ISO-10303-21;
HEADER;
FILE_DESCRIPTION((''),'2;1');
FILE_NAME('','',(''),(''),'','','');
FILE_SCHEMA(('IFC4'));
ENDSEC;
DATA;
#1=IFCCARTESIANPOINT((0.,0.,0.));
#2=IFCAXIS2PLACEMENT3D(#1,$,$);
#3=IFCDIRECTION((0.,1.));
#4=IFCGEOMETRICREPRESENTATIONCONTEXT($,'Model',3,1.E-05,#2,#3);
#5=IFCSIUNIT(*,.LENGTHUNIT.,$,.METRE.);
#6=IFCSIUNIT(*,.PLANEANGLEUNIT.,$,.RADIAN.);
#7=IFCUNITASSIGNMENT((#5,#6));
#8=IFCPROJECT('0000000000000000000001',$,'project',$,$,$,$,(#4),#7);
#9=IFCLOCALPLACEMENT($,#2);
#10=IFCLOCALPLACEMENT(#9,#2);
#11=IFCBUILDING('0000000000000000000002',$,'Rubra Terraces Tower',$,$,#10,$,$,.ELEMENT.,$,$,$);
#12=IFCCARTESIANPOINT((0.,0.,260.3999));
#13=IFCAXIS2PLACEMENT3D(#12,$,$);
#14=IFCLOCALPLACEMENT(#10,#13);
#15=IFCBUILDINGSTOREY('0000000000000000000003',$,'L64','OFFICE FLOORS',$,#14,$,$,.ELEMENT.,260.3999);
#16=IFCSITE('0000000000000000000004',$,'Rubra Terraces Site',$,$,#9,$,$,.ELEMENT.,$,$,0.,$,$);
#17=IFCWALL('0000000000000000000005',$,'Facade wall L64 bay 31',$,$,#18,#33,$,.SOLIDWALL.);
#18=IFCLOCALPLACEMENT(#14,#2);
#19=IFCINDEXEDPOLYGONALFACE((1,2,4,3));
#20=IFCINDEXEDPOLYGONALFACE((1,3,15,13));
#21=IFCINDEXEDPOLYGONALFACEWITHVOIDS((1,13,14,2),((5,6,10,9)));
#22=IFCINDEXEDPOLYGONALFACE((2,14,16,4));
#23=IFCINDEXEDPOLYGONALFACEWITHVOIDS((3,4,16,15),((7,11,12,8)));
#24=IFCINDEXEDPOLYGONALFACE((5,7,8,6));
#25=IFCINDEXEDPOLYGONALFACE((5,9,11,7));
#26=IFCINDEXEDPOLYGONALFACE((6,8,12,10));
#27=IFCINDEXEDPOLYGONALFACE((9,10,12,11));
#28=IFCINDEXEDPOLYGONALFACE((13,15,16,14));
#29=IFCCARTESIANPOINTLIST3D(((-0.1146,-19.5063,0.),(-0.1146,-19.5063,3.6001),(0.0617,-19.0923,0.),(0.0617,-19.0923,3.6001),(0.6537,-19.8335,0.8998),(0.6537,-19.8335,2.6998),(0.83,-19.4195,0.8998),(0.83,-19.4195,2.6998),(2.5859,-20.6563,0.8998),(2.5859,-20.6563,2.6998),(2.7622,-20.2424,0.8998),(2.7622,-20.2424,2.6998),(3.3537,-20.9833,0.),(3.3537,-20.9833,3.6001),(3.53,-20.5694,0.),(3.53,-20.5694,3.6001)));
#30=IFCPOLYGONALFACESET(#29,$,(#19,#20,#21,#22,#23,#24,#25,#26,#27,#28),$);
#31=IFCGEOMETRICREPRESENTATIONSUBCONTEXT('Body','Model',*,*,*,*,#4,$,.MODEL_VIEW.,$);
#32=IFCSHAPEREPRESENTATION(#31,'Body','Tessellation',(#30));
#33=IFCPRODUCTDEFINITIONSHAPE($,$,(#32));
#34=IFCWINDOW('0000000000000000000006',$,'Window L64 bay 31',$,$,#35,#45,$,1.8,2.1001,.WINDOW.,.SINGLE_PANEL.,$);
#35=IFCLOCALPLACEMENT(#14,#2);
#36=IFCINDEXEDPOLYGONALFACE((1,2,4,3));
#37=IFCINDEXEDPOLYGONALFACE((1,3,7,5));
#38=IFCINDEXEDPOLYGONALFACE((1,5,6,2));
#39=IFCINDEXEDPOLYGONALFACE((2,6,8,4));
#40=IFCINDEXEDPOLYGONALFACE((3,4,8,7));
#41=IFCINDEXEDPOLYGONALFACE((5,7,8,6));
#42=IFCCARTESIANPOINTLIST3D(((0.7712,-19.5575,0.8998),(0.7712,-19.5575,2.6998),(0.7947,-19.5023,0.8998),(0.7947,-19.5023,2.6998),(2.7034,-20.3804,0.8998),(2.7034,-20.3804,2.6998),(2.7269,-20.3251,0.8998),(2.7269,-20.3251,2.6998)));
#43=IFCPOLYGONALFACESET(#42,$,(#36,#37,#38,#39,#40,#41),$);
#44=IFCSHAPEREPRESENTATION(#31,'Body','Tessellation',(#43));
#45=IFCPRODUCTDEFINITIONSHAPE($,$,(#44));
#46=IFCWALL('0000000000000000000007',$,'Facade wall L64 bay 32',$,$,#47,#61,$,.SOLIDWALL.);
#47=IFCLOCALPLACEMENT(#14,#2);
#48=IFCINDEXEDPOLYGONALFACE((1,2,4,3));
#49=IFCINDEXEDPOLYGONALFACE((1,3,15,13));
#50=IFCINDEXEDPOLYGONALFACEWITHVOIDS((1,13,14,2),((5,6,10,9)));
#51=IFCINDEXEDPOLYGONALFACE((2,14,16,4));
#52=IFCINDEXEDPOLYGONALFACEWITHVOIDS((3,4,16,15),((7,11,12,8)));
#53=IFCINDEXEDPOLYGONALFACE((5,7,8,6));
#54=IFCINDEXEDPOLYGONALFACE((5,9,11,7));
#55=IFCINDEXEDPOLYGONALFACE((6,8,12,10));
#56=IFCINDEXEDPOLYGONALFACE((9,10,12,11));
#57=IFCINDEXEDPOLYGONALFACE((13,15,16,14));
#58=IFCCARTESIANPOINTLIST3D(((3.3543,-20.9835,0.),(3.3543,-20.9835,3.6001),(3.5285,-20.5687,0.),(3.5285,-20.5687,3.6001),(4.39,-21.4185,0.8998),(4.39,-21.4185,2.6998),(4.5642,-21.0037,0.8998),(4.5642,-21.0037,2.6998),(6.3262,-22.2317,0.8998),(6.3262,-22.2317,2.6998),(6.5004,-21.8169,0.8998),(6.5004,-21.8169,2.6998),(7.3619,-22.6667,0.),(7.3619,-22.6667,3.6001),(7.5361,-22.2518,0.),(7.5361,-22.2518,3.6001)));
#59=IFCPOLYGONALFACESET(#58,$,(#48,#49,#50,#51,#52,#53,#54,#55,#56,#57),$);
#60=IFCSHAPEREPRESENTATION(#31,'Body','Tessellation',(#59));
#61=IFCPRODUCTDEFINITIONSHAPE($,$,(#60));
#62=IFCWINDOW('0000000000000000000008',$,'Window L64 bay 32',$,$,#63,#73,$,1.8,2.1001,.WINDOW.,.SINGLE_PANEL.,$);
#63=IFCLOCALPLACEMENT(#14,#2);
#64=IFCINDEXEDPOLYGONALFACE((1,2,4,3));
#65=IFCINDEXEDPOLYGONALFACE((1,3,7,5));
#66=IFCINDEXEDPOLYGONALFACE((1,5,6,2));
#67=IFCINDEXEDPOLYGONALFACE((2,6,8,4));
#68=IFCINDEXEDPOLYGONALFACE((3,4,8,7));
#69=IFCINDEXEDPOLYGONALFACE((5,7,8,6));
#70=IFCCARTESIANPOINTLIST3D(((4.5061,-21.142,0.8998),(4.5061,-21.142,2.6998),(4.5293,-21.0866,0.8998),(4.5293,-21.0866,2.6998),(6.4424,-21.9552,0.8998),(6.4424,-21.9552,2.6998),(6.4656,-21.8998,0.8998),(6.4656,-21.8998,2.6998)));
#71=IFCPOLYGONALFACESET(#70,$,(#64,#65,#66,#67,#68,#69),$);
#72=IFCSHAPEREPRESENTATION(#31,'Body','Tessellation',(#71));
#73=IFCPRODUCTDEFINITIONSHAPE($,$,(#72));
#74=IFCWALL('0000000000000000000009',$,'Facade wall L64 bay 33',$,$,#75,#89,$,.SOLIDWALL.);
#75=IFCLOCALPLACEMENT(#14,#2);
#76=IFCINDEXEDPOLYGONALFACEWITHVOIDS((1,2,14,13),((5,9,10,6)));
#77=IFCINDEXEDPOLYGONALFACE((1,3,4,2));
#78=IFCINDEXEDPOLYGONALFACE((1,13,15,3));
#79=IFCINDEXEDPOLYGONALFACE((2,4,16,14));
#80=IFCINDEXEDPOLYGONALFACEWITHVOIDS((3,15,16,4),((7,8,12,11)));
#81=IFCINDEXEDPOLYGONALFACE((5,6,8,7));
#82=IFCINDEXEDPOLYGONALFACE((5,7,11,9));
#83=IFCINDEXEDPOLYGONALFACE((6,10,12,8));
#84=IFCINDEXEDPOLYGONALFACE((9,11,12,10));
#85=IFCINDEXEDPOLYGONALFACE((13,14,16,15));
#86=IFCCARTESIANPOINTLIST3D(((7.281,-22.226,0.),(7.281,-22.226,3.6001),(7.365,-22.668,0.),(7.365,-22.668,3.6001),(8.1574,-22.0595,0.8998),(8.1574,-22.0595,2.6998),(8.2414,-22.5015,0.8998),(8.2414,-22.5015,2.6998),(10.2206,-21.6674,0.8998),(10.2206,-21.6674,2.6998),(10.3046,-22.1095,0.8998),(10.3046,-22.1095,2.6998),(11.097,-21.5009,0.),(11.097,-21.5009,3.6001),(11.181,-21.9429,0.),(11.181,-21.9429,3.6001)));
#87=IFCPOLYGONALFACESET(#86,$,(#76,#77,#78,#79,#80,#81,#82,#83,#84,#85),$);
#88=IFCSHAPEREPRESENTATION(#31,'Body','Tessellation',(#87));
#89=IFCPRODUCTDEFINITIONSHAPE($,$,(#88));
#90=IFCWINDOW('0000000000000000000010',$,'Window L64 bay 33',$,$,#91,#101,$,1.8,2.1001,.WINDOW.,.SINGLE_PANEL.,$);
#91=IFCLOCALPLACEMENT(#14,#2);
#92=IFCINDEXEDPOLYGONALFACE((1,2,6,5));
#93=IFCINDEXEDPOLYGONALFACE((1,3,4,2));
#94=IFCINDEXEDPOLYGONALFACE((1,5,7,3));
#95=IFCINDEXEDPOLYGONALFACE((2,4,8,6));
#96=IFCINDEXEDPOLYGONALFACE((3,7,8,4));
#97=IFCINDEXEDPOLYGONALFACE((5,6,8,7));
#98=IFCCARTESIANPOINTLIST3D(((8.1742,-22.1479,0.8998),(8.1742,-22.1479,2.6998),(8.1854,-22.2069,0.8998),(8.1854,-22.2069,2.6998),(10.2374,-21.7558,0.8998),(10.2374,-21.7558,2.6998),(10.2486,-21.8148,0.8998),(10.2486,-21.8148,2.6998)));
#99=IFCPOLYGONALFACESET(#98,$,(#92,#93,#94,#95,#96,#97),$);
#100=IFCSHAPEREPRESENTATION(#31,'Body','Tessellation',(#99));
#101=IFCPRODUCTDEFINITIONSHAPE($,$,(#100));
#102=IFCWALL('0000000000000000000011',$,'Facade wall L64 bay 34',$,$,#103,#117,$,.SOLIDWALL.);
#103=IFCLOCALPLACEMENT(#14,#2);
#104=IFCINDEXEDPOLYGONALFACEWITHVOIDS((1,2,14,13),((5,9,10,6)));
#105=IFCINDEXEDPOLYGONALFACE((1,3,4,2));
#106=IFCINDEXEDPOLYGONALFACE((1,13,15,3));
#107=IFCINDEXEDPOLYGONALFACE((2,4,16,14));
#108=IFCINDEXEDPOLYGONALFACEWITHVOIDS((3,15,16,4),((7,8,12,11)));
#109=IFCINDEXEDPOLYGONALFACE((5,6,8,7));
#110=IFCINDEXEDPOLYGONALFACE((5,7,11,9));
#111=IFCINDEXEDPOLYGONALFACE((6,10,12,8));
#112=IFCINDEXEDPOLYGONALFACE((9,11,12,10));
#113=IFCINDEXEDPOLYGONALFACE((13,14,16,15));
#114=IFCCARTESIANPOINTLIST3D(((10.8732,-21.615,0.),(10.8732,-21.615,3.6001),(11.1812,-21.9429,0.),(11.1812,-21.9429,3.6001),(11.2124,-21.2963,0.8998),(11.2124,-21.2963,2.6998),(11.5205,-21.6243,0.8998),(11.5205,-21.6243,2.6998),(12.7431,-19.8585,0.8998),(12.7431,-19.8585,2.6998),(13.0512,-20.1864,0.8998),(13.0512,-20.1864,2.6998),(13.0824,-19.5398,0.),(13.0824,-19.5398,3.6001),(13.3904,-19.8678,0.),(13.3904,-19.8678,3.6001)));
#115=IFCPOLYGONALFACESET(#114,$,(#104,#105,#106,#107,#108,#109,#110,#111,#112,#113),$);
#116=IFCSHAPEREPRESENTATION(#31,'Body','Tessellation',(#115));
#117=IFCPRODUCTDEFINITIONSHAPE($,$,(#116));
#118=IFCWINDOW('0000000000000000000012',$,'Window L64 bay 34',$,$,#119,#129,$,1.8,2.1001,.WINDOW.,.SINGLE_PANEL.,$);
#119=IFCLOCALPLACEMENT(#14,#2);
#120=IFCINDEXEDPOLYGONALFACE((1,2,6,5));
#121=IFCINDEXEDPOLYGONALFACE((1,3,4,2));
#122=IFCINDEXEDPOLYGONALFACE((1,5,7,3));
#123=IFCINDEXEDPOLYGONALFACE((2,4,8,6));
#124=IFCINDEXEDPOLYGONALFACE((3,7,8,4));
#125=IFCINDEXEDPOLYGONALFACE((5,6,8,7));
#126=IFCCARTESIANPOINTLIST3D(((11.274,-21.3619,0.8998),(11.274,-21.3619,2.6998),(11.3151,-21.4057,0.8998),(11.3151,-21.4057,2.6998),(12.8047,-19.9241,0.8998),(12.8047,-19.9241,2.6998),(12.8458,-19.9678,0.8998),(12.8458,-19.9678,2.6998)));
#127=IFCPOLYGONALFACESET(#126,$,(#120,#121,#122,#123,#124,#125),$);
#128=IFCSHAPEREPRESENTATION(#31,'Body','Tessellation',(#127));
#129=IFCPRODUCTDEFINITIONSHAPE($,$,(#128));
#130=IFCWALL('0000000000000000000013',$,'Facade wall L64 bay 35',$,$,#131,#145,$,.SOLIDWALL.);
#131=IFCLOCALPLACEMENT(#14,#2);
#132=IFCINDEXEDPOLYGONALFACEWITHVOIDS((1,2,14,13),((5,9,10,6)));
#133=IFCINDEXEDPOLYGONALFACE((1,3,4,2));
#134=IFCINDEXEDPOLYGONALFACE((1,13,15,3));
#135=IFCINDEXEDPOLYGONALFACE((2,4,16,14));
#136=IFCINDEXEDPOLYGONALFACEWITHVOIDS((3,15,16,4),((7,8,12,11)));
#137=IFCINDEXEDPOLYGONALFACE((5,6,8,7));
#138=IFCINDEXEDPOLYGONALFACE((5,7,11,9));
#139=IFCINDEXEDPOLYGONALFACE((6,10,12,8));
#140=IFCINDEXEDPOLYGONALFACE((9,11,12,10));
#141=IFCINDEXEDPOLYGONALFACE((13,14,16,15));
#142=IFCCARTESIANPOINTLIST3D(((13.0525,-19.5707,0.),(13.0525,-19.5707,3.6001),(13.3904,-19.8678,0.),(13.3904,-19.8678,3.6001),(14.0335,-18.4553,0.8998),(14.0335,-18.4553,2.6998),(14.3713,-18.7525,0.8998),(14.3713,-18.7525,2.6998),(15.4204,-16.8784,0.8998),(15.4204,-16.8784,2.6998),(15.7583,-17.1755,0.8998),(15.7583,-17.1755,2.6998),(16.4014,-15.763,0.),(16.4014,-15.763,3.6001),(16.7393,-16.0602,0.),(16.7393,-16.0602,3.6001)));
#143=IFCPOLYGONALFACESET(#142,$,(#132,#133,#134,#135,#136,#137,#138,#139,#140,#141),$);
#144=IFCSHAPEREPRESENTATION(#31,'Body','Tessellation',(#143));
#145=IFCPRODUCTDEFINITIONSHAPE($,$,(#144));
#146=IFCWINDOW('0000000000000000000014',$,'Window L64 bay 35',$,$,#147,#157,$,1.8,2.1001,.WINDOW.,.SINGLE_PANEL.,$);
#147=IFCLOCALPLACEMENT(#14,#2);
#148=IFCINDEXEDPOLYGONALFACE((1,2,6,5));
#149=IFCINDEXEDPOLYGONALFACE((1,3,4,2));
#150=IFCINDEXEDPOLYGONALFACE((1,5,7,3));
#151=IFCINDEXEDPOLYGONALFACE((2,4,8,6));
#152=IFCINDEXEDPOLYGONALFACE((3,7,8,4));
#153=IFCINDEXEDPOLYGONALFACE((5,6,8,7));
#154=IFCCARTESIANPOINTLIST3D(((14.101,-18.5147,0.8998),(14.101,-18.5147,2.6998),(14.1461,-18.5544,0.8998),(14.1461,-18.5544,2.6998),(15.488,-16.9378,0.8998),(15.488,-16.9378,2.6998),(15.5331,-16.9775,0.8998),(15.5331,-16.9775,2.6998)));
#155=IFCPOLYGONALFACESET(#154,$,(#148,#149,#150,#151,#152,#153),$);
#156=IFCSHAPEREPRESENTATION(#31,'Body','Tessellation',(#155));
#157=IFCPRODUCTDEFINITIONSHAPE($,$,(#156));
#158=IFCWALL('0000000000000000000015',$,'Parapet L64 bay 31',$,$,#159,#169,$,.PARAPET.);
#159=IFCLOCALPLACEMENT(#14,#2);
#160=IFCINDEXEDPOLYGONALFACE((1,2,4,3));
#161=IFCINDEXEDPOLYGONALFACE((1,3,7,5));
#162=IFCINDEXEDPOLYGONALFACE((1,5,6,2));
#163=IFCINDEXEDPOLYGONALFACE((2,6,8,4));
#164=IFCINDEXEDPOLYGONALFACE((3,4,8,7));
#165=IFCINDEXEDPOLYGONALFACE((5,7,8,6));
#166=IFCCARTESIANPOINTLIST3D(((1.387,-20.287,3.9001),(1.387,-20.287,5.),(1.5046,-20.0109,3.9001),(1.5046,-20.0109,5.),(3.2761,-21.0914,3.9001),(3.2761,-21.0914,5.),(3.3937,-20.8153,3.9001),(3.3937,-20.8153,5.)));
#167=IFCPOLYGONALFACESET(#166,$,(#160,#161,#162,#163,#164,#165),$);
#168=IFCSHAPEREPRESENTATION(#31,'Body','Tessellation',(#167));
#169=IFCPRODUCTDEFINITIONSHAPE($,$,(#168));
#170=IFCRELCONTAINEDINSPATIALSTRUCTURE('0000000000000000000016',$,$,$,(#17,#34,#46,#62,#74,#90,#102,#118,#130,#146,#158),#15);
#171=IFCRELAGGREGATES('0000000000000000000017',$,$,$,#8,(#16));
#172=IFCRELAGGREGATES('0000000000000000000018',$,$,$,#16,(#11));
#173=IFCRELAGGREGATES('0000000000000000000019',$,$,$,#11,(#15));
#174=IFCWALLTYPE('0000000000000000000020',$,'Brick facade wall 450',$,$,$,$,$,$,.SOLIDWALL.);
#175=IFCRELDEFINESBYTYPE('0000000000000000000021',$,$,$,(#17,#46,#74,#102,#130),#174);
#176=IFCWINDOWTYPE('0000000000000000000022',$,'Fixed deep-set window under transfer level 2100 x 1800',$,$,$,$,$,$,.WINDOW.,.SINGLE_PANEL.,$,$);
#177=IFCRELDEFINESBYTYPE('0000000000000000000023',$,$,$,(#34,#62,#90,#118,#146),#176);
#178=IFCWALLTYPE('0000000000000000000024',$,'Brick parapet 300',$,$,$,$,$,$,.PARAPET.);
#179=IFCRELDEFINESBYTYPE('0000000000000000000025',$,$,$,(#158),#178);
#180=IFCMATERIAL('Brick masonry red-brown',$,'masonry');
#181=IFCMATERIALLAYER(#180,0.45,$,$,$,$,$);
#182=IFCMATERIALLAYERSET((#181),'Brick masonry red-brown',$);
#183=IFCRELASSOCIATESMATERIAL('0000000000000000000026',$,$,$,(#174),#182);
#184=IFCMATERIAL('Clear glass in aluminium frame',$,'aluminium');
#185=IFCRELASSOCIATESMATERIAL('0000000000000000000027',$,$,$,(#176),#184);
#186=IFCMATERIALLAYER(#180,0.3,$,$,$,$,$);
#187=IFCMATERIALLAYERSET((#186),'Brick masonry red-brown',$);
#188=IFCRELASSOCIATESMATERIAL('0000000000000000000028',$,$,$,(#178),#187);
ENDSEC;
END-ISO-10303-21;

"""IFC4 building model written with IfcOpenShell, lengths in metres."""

from ifc_helpers import new_model, si_unit, direction, frame, frame_2d, origin, place, context, subcontext, project, spatial, rectangle, extrude, material, layer, layer_set, type_object, element, fill, save


model = new_model("IFC4")

# Units and contexts
model_context = context("Model", 3, precision=1e-05, world=origin(), true_north=direction((0.0, 1.0)))
body_context = subcontext(model_context, "Body", "Model", "MODEL_VIEW")
ifc_project = project(units=[si_unit("LENGTHUNIT", "METRE"), si_unit("PLANEANGLEUNIT", "RADIAN")], contexts=[model_context])

# Site, building, storey
site_placement = place(None, origin())
site = spatial("IfcSite", under=ifc_project, at=site_placement, Name="Rubra Terraces Site", CompositionType="ELEMENT", RefElevation=0.0)
building_placement = place(site_placement, origin())
building = spatial("IfcBuilding", under=site, at=building_placement, Name="Rubra Terraces Tower", CompositionType="ELEMENT")
storey_placement = place(building_placement, frame((0.0, 0.0, 260.3999)))
storey = spatial("IfcBuildingStorey", under=building, at=storey_placement, Name="L64", Description="OFFICE FLOORS", CompositionType="ELEMENT", Elevation=260.3999)

# Walls, openings, windows
ifc_material_1 = material(Name="Brick masonry red-brown", Category="masonry")
ifc_layer_1 = layer(ifc_material_1, 0.45)
ifc_layer_set_1 = layer_set([ifc_layer_1], Name="Brick masonry red-brown")
wall_type_1 = type_object("IfcWallType", Name="Brick facade wall 450", PredefinedType="SOLIDWALL", material=ifc_layer_set_1)
wall_1_placement = place(storey_placement, frame((-0.0264, -19.2993, 0.0), z_axis=(0.0, 0.0, 1.0), x_axis=(0.92004, -0.391823, 0.0)))
wall_1 = element("IfcWall", 1, at=wall_1_placement, inside=storey, type_object=wall_type_1, Name="Facade wall L64 bay 31", PredefinedType="SOLIDWALL", context=body_context, shape_type="SweptSolid", body=[
    extrude(rectangle(XDim=3.7698, YDim=0.45, at=frame_2d((1.8848, 0.0))), origin(), (0.0, 0.0, 1.0), 3.6001),
])
opening_1_placement = place(wall_1_placement, frame((0.835, 0.0, 0.8999)))
opening_1 = element("IfcOpeningElement", 2, at=opening_1_placement, cuts=wall_1, PredefinedType="OPENING", context=body_context, shape_type="SweptSolid", body=[
    extrude(rectangle(XDim=2.1001, YDim=1.8, at=frame_2d((1.05, 0.8999))), frame((0.0, 0.2349, 0.0), z_axis=(0.0, -1.0, 0.0), x_axis=(1.0, 0.0, 0.0)), (0.0, 0.0, 1.0), 0.47),
])
ifc_material_2 = material(Name="Clear glass in aluminium frame", Category="aluminium")
window_type = type_object("IfcWindowType", Name="Fixed deep-set window under transfer level 2100 x 1800", PartitioningType="SINGLE_PANEL", PredefinedType="WINDOW", material=ifc_material_2)
window_1_placement = place(opening_1_placement, origin())
window_1 = element("IfcWindow", 3, at=window_1_placement, inside=storey, type_object=window_type, Name="Window L64 bay 31", OverallHeight=1.8, OverallWidth=2.1001, PartitioningType="SINGLE_PANEL", PredefinedType="WINDOW", context=body_context, shape_type="SweptSolid", body=[
    extrude(rectangle(XDim=2.1001, YDim=1.8, at=frame_2d((1.05, 0.8999))), frame((0.0, 0.135, 0.0), z_axis=(0.0, -1.0, 0.0), x_axis=(1.0, 0.0, 0.0)), (0.0, 0.0, 1.0), 0.0601),
])
fill(opening_1, window_1)
wall_2_placement = place(storey_placement, frame((3.4414, -20.7761, 0.0), z_axis=(0.0, 0.0, 1.0), x_axis=(0.921988, -0.387218, 0.0)))
wall_2 = element("IfcWall", 4, at=wall_2_placement, inside=storey, type_object=wall_type_1, Name="Facade wall L64 bay 32", PredefinedType="SOLIDWALL", context=body_context, shape_type="SweptSolid", body=[
    extrude(rectangle(XDim=4.3467, YDim=0.45, at=frame_2d((2.1733, 0.0))), origin(), (0.0, 0.0, 1.0), 3.6001),
])
opening_2_placement = place(wall_2_placement, frame((1.1233, 0.0, 0.8999)))
opening_2 = element("IfcOpeningElement", 5, at=opening_2_placement, cuts=wall_2, PredefinedType="OPENING", context=body_context, shape_type="SweptSolid", body=[
    extrude(rectangle(XDim=2.1001, YDim=1.8, at=frame_2d((1.05, 0.8999))), frame((0.0, 0.2349, 0.0), z_axis=(0.0, -1.0, 0.0), x_axis=(1.0, 0.0, 0.0)), (0.0, 0.0, 1.0), 0.47),
])
window_2_placement = place(opening_2_placement, origin())
window_2 = element("IfcWindow", 6, at=window_2_placement, inside=storey, type_object=window_type, Name="Window L64 bay 32", OverallHeight=1.8, OverallWidth=2.1001, PartitioningType="SINGLE_PANEL", PredefinedType="WINDOW", context=body_context, shape_type="SweptSolid", body=[
    extrude(rectangle(XDim=2.1001, YDim=1.8, at=frame_2d((1.05, 0.8999))), frame((0.0, 0.135, 0.0), z_axis=(0.0, -1.0, 0.0), x_axis=(1.0, 0.0, 0.0)), (0.0, 0.0, 1.0), 0.0601),
])
fill(opening_2, window_2)
wall_3_placement = place(storey_placement, frame((7.323, -22.447, 0.0), z_axis=(0.0, 0.0, 1.0), x_axis=(0.982421, 0.186679, 0.0)))
wall_3 = element("IfcWall", 7, at=wall_3_placement, inside=storey, type_object=wall_type_1, Name="Facade wall L64 bay 33", PredefinedType="SOLIDWALL", context=body_context, shape_type="SweptSolid", body=[
    extrude(rectangle(XDim=3.8843, YDim=0.45, at=frame_2d((1.9421, 0.0))), origin(), (0.0, 0.0, 1.0), 3.6001),
])
opening_3_placement = place(wall_3_placement, frame((0.8921, 0.0, 0.8999)))
opening_3 = element("IfcOpeningElement", 8, at=opening_3_placement, cuts=wall_3, PredefinedType="OPENING", context=body_context, shape_type="SweptSolid", body=[
    extrude(rectangle(XDim=2.1001, YDim=1.8, at=frame_2d((1.05, 0.8999))), frame((0.0, 0.2349, 0.0), z_axis=(0.0, -1.0, 0.0), x_axis=(1.0, 0.0, 0.0)), (0.0, 0.0, 1.0), 0.47),
])
window_3_placement = place(opening_3_placement, origin())
window_3 = element("IfcWindow", 9, at=window_3_placement, inside=storey, type_object=window_type, Name="Window L64 bay 33", OverallHeight=1.8, OverallWidth=2.1001, PartitioningType="SINGLE_PANEL", PredefinedType="WINDOW", context=body_context, shape_type="SweptSolid", body=[
    extrude(rectangle(XDim=2.1001, YDim=1.8, at=frame_2d((1.05, 0.8999))), frame((0.0, 0.135, 0.0), z_axis=(0.0, -1.0, 0.0), x_axis=(1.0, 0.0, 0.0)), (0.0, 0.0, 1.0), 0.0601),
])
fill(opening_3, window_3)
wall_4_placement = place(storey_placement, frame((11.0271, -21.7791, 0.0), z_axis=(0.0, 0.0, 1.0), x_axis=(0.728871, 0.684651, 0.0)))
wall_4 = element("IfcWall", 10, at=wall_4_placement, inside=storey, type_object=wall_type_1, Name="Facade wall L64 bay 34", PredefinedType="SOLIDWALL", context=body_context, shape_type="SweptSolid", body=[
    extrude(rectangle(XDim=3.031, YDim=0.45, at=frame_2d((1.5156, 0.0))), origin(), (0.0, 0.0, 1.0), 3.6001),
])
opening_4_placement = place(wall_4_placement, frame((0.4656, 0.0, 0.8999)))
opening_4 = element("IfcOpeningElement", 11, at=opening_4_placement, cuts=wall_4, PredefinedType="OPENING", context=body_context, shape_type="SweptSolid", body=[
    extrude(rectangle(XDim=2.1001, YDim=1.8, at=frame_2d((1.05, 0.8999))), frame((0.0, 0.2349, 0.0), z_axis=(0.0, -1.0, 0.0), x_axis=(1.0, 0.0, 0.0)), (0.0, 0.0, 1.0), 0.47),
])
window_4_placement = place(opening_4_placement, origin())
window_4 = element("IfcWindow", 12, at=window_4_placement, inside=storey, type_object=window_type, Name="Window L64 bay 34", OverallHeight=1.8, OverallWidth=2.1001, PartitioningType="SINGLE_PANEL", PredefinedType="WINDOW", context=body_context, shape_type="SweptSolid", body=[
    extrude(rectangle(XDim=2.1001, YDim=1.8, at=frame_2d((1.05, 0.8999))), frame((0.0, 0.135, 0.0), z_axis=(0.0, -1.0, 0.0), x_axis=(1.0, 0.0, 0.0)), (0.0, 0.0, 1.0), 0.0601),
])
fill(opening_4, window_4)
wall_5_placement = place(storey_placement, frame((13.2214, -19.7192, 0.0), z_axis=(0.0, 0.0, 1.0), x_axis=(0.660425, 0.750892, 0.0)))
wall_5 = element("IfcWall", 13, at=wall_5_placement, inside=storey, type_object=wall_type_1, Name="Facade wall L64 bay 35", PredefinedType="SOLIDWALL", context=body_context, shape_type="SweptSolid", body=[
    extrude(rectangle(XDim=5.0708, YDim=0.45, at=frame_2d((2.5354, 0.0))), origin(), (0.0, 0.0, 1.0), 3.6001),
])
opening_5_placement = place(wall_5_placement, frame((1.4854, 0.0, 0.8999)))
opening_5 = element("IfcOpeningElement", 14, at=opening_5_placement, cuts=wall_5, PredefinedType="OPENING", context=body_context, shape_type="SweptSolid", body=[
    extrude(rectangle(XDim=2.1001, YDim=1.8, at=frame_2d((1.05, 0.8999))), frame((0.0, 0.2349, 0.0), z_axis=(0.0, -1.0, 0.0), x_axis=(1.0, 0.0, 0.0)), (0.0, 0.0, 1.0), 0.47),
])
window_5_placement = place(opening_5_placement, origin())
window_5 = element("IfcWindow", 15, at=window_5_placement, inside=storey, type_object=window_type, Name="Window L64 bay 35", OverallHeight=1.8, OverallWidth=2.1001, PartitioningType="SINGLE_PANEL", PredefinedType="WINDOW", context=body_context, shape_type="SweptSolid", body=[
    extrude(rectangle(XDim=2.1001, YDim=1.8, at=frame_2d((1.05, 0.8999))), frame((0.0, 0.135, 0.0), z_axis=(0.0, -1.0, 0.0), x_axis=(1.0, 0.0, 0.0)), (0.0, 0.0, 1.0), 0.0601),
])
fill(opening_5, window_5)

# Wall
ifc_layer_2 = layer(ifc_material_1, 0.3)
ifc_layer_set_2 = layer_set([ifc_layer_2], Name="Brick masonry red-brown")
wall_type_2 = type_object("IfcWallType", Name="Brick parapet 300", PredefinedType="PARAPET", material=ifc_layer_set_2)
wall_6_placement = place(storey_placement, frame((1.4458, -20.1489, 3.9001), z_axis=(0.0, 0.0, 1.0), x_axis=(0.920059, -0.39178, 0.0)))
element("IfcWall", 16, at=wall_6_placement, inside=storey, type_object=wall_type_2, Name="Parapet L64 bay 31", PredefinedType="PARAPET", context=body_context, shape_type="SweptSolid", body=[
    extrude(rectangle(XDim=2.0532, YDim=0.3, at=frame_2d((1.0266, 0.0))), origin(), (0.0, 0.0, 1.0), 1.0999),
])

save(model, "model.ifc")
